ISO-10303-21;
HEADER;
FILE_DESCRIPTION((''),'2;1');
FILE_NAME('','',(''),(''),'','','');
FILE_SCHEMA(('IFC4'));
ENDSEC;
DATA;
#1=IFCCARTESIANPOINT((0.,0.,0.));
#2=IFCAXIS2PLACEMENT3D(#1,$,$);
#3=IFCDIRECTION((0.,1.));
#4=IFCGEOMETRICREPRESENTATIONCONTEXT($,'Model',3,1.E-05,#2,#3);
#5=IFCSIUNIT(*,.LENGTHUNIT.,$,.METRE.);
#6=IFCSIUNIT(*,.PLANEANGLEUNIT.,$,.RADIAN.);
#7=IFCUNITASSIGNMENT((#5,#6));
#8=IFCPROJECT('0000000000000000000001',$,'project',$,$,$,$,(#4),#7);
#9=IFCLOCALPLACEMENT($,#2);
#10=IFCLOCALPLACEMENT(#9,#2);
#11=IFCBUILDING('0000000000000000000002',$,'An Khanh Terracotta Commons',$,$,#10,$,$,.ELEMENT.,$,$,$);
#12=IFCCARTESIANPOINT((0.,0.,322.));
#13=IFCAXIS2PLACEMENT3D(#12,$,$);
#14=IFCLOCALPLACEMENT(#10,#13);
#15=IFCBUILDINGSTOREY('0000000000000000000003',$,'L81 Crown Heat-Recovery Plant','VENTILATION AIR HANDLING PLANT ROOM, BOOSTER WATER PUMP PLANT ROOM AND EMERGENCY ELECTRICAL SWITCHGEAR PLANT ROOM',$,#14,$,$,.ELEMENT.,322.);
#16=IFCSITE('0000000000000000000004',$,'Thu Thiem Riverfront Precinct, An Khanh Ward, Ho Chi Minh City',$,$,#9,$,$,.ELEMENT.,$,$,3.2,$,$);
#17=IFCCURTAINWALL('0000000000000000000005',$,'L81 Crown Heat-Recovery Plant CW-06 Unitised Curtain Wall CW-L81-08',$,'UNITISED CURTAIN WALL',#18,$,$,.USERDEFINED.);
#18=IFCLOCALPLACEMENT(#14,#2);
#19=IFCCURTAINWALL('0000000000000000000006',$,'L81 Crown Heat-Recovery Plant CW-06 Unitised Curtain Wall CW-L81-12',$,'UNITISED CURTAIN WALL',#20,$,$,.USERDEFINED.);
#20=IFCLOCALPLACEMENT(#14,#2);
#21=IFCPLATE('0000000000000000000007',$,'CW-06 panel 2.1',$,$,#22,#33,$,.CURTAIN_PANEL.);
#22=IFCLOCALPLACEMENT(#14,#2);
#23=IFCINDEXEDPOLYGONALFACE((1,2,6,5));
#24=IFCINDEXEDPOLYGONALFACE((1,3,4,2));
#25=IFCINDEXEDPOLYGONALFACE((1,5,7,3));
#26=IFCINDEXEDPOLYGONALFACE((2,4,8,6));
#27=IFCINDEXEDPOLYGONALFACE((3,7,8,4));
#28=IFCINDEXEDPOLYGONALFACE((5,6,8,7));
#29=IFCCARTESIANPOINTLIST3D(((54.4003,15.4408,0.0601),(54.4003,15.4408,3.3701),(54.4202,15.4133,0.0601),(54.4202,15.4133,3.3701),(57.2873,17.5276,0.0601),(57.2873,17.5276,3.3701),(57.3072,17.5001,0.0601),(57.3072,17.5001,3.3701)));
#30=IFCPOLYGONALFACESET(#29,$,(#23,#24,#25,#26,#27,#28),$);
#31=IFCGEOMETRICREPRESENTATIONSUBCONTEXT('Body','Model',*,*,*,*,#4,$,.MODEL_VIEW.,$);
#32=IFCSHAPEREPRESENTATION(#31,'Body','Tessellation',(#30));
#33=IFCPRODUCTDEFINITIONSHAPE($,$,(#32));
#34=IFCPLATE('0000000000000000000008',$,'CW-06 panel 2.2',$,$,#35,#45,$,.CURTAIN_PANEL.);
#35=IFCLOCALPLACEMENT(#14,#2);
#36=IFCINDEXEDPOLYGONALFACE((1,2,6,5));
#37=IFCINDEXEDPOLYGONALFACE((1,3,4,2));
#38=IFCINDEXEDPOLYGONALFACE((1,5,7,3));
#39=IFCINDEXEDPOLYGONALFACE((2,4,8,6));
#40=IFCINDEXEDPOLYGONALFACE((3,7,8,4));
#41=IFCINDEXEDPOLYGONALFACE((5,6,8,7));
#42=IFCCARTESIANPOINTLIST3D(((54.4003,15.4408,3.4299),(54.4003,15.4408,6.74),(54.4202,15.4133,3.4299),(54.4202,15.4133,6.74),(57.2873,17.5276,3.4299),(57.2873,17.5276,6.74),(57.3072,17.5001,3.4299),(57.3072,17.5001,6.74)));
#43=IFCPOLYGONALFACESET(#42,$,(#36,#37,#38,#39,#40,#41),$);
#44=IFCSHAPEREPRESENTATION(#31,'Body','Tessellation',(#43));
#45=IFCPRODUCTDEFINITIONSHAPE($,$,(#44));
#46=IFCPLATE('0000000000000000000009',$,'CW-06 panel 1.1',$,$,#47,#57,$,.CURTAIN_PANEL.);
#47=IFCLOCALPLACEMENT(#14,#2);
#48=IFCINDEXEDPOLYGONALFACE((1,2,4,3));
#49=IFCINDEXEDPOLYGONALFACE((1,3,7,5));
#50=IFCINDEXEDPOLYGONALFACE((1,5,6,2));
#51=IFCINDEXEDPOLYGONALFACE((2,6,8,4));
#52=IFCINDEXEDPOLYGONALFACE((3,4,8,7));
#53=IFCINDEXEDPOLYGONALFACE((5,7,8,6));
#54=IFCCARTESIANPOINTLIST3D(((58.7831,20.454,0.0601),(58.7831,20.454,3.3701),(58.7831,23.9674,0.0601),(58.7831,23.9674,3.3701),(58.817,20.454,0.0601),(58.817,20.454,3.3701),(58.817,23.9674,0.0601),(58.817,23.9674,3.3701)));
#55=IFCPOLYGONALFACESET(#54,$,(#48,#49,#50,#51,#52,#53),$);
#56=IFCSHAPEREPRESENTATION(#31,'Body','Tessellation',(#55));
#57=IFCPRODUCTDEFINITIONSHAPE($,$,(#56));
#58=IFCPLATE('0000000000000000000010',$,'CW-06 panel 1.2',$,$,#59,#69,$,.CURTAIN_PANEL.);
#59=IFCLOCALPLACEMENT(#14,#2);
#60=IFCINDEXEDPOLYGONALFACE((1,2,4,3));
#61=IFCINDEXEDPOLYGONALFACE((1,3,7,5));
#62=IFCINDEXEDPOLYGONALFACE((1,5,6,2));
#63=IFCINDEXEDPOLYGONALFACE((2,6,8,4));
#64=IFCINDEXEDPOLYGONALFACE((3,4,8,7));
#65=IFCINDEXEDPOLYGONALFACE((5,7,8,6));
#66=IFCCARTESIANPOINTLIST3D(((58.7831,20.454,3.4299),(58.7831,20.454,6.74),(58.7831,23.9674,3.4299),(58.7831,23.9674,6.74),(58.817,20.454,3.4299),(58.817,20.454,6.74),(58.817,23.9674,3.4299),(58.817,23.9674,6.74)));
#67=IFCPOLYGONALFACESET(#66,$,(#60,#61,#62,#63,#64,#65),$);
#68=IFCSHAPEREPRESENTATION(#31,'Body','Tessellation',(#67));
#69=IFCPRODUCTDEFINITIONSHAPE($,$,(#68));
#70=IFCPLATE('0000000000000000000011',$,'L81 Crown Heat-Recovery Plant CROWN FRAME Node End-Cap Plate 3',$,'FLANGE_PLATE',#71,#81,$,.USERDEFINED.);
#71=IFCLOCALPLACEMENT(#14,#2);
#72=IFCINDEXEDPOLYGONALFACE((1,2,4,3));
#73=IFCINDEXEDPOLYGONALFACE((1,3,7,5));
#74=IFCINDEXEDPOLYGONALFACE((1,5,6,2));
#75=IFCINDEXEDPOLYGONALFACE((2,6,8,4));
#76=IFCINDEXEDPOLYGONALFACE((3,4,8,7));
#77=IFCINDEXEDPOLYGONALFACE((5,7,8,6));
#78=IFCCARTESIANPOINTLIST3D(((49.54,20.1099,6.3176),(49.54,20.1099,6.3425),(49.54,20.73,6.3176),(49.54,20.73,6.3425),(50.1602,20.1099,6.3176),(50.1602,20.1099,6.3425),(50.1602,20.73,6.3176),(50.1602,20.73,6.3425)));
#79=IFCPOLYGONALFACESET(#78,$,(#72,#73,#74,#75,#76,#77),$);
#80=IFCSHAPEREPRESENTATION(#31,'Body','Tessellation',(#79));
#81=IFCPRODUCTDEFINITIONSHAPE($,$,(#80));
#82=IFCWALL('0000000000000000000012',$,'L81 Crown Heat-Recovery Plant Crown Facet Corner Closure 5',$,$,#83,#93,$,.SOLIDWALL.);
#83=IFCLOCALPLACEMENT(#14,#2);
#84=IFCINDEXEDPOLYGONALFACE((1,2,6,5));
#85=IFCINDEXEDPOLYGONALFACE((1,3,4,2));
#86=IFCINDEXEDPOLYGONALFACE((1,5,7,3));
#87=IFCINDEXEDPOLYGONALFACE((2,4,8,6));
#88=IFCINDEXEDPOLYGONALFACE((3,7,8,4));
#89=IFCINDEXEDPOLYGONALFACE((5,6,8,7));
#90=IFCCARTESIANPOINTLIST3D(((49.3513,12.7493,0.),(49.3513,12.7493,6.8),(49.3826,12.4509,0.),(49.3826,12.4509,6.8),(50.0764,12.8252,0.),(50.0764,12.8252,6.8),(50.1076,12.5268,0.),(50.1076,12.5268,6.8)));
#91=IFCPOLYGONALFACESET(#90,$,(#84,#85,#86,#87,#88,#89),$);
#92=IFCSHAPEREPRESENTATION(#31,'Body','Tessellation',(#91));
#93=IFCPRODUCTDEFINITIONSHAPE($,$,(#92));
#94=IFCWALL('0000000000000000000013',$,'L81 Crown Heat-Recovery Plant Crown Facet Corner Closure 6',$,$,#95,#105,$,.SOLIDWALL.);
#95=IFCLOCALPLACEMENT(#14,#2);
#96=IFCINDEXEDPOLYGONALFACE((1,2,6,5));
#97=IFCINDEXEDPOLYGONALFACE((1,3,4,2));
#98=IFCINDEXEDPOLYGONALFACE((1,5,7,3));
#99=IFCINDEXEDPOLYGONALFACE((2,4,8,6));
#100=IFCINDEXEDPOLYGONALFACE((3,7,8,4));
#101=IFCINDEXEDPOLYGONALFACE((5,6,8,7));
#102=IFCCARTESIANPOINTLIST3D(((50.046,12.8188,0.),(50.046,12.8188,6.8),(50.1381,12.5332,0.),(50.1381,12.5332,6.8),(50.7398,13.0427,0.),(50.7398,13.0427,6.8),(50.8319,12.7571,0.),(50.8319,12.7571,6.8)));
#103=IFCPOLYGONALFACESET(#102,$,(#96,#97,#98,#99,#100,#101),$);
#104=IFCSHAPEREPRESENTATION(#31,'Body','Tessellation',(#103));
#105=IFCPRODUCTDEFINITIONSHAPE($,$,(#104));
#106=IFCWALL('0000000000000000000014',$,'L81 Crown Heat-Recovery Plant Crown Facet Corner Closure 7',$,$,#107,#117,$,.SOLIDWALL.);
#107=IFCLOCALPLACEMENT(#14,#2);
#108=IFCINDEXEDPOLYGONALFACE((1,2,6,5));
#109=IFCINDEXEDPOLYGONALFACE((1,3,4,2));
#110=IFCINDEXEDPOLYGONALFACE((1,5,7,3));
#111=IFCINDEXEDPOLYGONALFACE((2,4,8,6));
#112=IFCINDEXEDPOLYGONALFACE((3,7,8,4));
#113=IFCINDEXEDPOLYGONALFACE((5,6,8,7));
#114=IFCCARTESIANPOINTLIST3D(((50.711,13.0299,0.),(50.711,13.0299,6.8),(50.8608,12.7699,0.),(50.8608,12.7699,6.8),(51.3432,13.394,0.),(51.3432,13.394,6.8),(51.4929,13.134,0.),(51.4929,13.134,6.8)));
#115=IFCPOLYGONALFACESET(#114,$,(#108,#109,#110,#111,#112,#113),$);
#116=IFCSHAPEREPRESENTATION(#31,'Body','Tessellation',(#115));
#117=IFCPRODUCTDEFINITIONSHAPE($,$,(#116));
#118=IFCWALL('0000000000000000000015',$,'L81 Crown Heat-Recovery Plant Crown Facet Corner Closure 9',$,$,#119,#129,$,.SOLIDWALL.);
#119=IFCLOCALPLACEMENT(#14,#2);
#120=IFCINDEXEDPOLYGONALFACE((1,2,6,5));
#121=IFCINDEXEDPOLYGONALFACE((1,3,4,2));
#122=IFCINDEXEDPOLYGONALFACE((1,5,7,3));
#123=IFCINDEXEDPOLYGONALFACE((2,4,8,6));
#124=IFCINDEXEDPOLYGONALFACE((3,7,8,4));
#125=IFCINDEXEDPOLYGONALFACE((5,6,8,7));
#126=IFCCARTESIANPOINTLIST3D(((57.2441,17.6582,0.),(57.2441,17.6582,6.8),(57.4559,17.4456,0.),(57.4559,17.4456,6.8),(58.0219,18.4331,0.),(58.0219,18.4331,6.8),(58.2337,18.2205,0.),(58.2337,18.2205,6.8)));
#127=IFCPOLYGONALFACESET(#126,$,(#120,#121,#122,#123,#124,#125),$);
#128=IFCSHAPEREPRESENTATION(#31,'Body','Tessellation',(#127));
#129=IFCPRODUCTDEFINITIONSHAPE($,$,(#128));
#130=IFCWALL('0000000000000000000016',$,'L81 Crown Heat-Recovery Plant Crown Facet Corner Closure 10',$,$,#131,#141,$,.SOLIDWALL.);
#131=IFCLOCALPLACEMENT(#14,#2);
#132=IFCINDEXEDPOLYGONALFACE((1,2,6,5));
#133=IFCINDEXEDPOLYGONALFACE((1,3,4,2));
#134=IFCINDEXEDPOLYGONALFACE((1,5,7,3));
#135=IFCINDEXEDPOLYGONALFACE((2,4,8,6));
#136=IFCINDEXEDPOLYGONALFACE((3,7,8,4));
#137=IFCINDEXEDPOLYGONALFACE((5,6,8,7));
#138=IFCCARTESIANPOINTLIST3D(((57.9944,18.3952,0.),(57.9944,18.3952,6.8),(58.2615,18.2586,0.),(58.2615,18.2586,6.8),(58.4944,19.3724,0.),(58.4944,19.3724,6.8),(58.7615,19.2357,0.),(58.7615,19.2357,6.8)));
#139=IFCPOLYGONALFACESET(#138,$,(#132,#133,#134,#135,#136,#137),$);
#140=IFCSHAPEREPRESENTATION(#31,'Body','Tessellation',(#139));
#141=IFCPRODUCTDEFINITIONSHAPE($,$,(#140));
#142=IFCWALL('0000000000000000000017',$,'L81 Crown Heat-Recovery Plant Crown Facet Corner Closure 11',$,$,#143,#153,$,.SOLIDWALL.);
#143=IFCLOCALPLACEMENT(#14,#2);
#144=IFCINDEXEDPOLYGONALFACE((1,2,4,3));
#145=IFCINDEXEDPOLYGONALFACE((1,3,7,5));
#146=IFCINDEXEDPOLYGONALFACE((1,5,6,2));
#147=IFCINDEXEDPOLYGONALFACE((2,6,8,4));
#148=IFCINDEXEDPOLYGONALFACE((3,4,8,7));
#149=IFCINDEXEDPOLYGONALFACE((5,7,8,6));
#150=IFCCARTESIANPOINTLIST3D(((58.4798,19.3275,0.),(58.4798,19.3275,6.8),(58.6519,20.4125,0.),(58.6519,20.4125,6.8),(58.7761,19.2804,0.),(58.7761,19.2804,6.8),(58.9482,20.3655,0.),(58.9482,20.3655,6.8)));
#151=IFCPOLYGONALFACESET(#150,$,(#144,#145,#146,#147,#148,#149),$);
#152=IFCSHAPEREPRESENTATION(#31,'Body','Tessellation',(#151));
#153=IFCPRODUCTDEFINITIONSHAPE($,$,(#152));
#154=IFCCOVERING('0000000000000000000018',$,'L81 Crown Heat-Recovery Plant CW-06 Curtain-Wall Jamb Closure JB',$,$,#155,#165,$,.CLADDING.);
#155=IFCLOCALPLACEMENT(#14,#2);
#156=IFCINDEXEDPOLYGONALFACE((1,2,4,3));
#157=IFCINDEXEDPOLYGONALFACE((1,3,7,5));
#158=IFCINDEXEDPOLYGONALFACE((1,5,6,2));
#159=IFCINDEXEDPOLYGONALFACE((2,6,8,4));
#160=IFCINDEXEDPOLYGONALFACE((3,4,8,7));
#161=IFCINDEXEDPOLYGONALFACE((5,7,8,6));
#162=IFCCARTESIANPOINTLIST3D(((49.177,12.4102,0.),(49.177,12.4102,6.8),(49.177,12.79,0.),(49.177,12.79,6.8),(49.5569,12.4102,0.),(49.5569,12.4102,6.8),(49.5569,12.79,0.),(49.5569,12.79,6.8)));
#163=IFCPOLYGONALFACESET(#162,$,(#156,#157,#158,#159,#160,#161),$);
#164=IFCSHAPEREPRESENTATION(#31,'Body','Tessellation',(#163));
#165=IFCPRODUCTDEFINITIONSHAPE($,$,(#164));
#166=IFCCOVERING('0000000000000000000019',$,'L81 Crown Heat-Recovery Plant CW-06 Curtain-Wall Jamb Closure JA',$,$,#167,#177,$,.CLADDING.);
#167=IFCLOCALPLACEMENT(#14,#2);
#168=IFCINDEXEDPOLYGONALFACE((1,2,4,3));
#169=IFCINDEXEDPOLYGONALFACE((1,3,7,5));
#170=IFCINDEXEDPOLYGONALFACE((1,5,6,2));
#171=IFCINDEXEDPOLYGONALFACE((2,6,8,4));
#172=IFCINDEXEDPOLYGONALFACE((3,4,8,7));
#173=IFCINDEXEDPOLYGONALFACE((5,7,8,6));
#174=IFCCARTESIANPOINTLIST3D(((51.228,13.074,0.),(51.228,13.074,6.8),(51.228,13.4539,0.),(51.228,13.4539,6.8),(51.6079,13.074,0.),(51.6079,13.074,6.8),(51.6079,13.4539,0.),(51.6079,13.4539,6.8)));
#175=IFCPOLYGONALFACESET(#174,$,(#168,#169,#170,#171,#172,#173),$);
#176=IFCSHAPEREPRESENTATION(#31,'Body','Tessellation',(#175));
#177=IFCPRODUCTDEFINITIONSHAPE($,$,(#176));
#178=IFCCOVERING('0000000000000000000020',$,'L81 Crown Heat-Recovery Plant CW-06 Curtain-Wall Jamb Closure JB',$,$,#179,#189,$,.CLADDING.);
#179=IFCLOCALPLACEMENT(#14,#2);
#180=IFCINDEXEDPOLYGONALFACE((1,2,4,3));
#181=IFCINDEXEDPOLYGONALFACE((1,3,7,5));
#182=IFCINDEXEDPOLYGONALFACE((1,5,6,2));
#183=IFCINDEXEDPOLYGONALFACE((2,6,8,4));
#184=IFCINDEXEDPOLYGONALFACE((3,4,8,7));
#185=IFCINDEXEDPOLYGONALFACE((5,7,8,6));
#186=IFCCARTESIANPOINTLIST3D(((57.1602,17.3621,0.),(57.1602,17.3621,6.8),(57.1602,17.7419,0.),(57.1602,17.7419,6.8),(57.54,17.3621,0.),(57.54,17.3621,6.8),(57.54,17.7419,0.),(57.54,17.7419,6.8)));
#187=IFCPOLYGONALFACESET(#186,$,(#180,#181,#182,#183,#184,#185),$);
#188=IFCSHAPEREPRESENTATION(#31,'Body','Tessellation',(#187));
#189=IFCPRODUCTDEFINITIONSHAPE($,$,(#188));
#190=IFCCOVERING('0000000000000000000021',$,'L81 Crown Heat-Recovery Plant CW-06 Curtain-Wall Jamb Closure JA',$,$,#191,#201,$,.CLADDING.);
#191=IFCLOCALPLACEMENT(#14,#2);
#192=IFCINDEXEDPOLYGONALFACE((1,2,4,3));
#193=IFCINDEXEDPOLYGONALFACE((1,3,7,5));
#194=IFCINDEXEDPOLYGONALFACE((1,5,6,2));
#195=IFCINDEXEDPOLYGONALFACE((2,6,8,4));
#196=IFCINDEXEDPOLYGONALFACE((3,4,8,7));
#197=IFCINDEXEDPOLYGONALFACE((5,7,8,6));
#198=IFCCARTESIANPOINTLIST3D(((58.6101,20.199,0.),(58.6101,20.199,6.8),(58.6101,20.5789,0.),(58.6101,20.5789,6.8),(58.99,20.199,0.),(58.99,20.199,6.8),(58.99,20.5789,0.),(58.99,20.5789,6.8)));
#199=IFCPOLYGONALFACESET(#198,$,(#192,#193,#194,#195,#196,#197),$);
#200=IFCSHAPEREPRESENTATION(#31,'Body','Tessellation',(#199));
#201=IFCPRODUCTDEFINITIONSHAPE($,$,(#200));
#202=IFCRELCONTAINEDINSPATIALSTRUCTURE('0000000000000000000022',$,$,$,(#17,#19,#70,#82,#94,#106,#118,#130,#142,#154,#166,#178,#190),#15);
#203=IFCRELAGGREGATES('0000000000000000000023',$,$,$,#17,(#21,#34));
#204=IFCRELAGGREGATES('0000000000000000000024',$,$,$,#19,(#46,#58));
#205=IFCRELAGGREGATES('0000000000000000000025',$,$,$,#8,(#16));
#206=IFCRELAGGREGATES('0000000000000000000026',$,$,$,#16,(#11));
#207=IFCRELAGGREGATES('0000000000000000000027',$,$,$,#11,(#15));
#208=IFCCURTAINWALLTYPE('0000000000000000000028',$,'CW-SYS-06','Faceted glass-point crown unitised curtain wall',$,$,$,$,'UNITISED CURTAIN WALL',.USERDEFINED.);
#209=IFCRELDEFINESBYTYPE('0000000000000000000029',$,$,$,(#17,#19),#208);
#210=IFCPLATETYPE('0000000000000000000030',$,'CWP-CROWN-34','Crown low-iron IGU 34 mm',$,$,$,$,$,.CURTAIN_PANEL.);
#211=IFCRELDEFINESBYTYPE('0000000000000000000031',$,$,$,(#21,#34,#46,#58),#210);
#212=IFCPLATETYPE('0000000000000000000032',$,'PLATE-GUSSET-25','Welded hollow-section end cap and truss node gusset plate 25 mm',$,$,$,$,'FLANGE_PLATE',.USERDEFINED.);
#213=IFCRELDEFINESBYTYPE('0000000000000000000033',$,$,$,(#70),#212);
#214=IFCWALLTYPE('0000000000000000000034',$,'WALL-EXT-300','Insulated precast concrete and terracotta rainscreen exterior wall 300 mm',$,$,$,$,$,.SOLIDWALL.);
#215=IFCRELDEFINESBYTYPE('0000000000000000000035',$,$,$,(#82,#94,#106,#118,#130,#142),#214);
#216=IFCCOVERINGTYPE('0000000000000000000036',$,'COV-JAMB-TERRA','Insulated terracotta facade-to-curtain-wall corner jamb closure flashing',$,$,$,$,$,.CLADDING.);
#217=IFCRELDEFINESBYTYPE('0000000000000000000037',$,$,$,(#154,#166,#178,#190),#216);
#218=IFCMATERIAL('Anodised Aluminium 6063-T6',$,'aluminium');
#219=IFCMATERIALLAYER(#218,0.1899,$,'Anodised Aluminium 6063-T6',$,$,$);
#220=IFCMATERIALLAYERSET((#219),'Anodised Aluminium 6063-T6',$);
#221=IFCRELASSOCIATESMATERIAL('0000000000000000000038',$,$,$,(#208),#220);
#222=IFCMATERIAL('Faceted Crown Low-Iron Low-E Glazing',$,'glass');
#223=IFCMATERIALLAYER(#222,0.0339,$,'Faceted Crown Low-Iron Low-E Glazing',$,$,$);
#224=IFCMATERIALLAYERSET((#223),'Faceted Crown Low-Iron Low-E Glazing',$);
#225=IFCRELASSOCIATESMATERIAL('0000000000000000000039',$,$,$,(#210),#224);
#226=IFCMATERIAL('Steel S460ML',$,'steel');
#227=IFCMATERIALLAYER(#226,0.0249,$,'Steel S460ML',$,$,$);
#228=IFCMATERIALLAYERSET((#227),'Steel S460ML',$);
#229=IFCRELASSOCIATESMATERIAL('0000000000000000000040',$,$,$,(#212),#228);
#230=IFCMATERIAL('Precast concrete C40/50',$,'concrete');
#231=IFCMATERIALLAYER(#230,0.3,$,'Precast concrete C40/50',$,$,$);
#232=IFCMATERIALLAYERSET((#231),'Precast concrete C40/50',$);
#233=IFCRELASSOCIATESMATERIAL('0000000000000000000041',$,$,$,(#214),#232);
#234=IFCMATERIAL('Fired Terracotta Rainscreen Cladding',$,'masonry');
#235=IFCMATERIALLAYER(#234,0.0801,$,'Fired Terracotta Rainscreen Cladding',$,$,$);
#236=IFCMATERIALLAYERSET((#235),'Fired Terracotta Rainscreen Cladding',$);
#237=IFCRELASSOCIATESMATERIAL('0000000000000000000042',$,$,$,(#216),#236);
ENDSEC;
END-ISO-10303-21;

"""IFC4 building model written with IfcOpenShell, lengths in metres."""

from ifc_helpers import new_model, si_unit, direction, frame, frame_2d, origin, origin_2d, place, context, subcontext, project, spatial, rectangle, extrude, material, layer, layer_set, type_object, element, aggregate, save


model = new_model("IFC4")

# Units and contexts
model_context = context("Model", 3, precision=1e-05, world=origin(), true_north=direction((0.0, 1.0)))
body_context = subcontext(model_context, "Body", "Model", "MODEL_VIEW")
ifc_project = project(units=[si_unit("LENGTHUNIT", "METRE"), si_unit("PLANEANGLEUNIT", "RADIAN")], contexts=[model_context])

# Site, building, storey
site_placement = place(None, origin())
site = spatial("IfcSite", under=ifc_project, at=site_placement, Name="Thu Thiem Riverfront Precinct, An Khanh Ward, Ho Chi Minh City", CompositionType="ELEMENT", RefElevation=3.2)
building_placement = place(site_placement, origin())
building = spatial("IfcBuilding", under=site, at=building_placement, Name="An Khanh Terracotta Commons", CompositionType="ELEMENT")
storey_placement = place(building_placement, frame((0.0, 0.0, 322.0)))
storey = spatial("IfcBuildingStorey", under=building, at=storey_placement, Name="L81 Crown Heat-Recovery Plant", Description="VENTILATION AIR HANDLING PLANT ROOM, BOOSTER WATER PUMP PLANT ROOM AND EMERGENCY ELECTRICAL SWITCHGEAR PLANT ROOM", CompositionType="ELEMENT", Elevation=322.0)

# Shared definitions
ifc_material_1 = material(Name="Steel S460ML", Category="steel")

# Shared definitions
ifc_material_2 = material(Name="Anodised Aluminium 6063-T6", Category="aluminium")
ifc_layer_1 = layer(ifc_material_2, 0.1899, Name="Anodised Aluminium 6063-T6")
ifc_layer_set_1 = layer_set([ifc_layer_1], Name="Anodised Aluminium 6063-T6")
curtain_wall_type = type_object("IfcCurtainWallType", Name="CW-SYS-06", Description="Faceted glass-point crown unitised curtain wall", ElementType="UNITISED CURTAIN WALL", PredefinedType="USERDEFINED", material=ifc_layer_set_1)

# Curtain wall
curtain_wall_1_placement = place(storey_placement, origin())
curtain_wall_1 = element("IfcCurtainWall", 1, at=curtain_wall_1_placement, inside=storey, type_object=curtain_wall_type, Name="L81 Crown Heat-Recovery Plant CW-06 Unitised Curtain Wall CW-L81-08", ObjectType="UNITISED CURTAIN WALL", PredefinedType="USERDEFINED")

# Curtain wall
curtain_wall_2_placement = place(storey_placement, origin())
curtain_wall_2 = element("IfcCurtainWall", 2, at=curtain_wall_2_placement, inside=storey, type_object=curtain_wall_type, Name="L81 Crown Heat-Recovery Plant CW-06 Unitised Curtain Wall CW-L81-12", ObjectType="UNITISED CURTAIN WALL", PredefinedType="USERDEFINED")

# Plates
ifc_material_3 = material(Name="Faceted Crown Low-Iron Low-E Glazing", Category="glass")
ifc_layer_2 = layer(ifc_material_3, 0.0339, Name="Faceted Crown Low-Iron Low-E Glazing")
ifc_layer_set_2 = layer_set([ifc_layer_2], Name="Faceted Crown Low-Iron Low-E Glazing")
plate_type_1 = type_object("IfcPlateType", Name="CWP-CROWN-34", Description="Crown low-iron IGU 34 mm", PredefinedType="CURTAIN_PANEL", material=ifc_layer_set_2)
plate_1_placement = place(storey_placement, frame((55.8538, 16.4705, 0.0601), z_axis=(0.0, 0.0, 1.0), x_axis=(0.810434, 0.58583, 0.0)))
plate_1 = element("IfcPlate", 3, at=plate_1_placement, type_object=plate_type_1, Name="CW-06 panel 2.1", PredefinedType="CURTAIN_PANEL", context=body_context, shape_type="SweptSolid", body=[
    extrude(rectangle(XDim=3.5623, YDim=0.0339, at=origin_2d()), origin(), (0.0, 0.0, 1.0), 3.3101),
])
plate_2_placement = place(storey_placement, frame((55.8538, 16.4705, 3.4299), z_axis=(0.0, 0.0, 1.0), x_axis=(0.810434, 0.58583, 0.0)))
plate_2 = element("IfcPlate", 4, at=plate_2_placement, type_object=plate_type_1, Name="CW-06 panel 2.2", PredefinedType="CURTAIN_PANEL", context=body_context, shape_type="SweptSolid", body=[
    extrude(rectangle(XDim=3.5623, YDim=0.0339, at=origin_2d()), origin(), (0.0, 0.0, 1.0), 3.3101),
])
aggregate(curtain_wall_1, [plate_1, plate_2])
plate_3_placement = place(storey_placement, frame((58.8, 22.2107, 0.0601), z_axis=(0.0, 0.0, 1.0), x_axis=(0.0, 1.0, 0.0)))
plate_3 = element("IfcPlate", 5, at=plate_3_placement, type_object=plate_type_1, Name="CW-06 panel 1.1", PredefinedType="CURTAIN_PANEL", context=body_context, shape_type="SweptSolid", body=[
    extrude(rectangle(XDim=3.5134, YDim=0.0339, at=origin_2d()), origin(), (0.0, 0.0, 1.0), 3.3101),
])
plate_4_placement = place(storey_placement, frame((58.8, 22.2107, 3.4299), z_axis=(0.0, 0.0, 1.0), x_axis=(0.0, 1.0, 0.0)))
plate_4 = element("IfcPlate", 6, at=plate_4_placement, type_object=plate_type_1, Name="CW-06 panel 1.2", PredefinedType="CURTAIN_PANEL", context=body_context, shape_type="SweptSolid", body=[
    extrude(rectangle(XDim=3.5134, YDim=0.0339, at=origin_2d()), origin(), (0.0, 0.0, 1.0), 3.3101),
])
aggregate(curtain_wall_2, [plate_3, plate_4])
ifc_layer_3 = layer(ifc_material_1, 0.0249, Name="Steel S460ML")
ifc_layer_set_3 = layer_set([ifc_layer_3], Name="Steel S460ML")
plate_type_2 = type_object("IfcPlateType", Name="PLATE-GUSSET-25", Description="Welded hollow-section end cap and truss node gusset plate 25 mm", ElementType="FLANGE_PLATE", PredefinedType="USERDEFINED", material=ifc_layer_set_3)
plate_5_placement = place(storey_placement, frame((49.8501, 20.4199, 6.3176), z_axis=(0.0, 0.0, 1.0), x_axis=(1.0, 0.0, 0.0)))
element("IfcPlate", 7, at=plate_5_placement, inside=storey, type_object=plate_type_2, Name="L81 Crown Heat-Recovery Plant CROWN FRAME Node End-Cap Plate 3", ObjectType="FLANGE_PLATE", PredefinedType="USERDEFINED", context=body_context, shape_type="SweptSolid", body=[
    extrude(rectangle(XDim=0.6201, YDim=0.6201, at=origin_2d()), origin(), (0.0, 0.0, 1.0), 0.0249),
])

# Walls
ifc_material_4 = material(Name="Precast concrete C40/50", Category="concrete")
ifc_layer_4 = layer(ifc_material_4, 0.3, Name="Precast concrete C40/50")
ifc_layer_set_4 = layer_set([ifc_layer_4], Name="Precast concrete C40/50")
wall_type = type_object("IfcWallType", Name="WALL-EXT-300", Description="Insulated precast concrete and terracotta rainscreen exterior wall 300 mm", PredefinedType="SOLIDWALL", material=ifc_layer_set_4)
for number, where, z_axis, x_axis, name in (
    (8, (49.3669, 12.6001, 0.0), (0.0, 0.0, 1.0), (0.994562, 0.104144, 0.0), "L81 Crown Heat-Recovery Plant Crown Facet Corner Closure 5"),
    (9, (50.092, 12.676, 0.0), (0.0, 0.0, 1.0), (0.951687, 0.307071, 0.0), "L81 Crown Heat-Recovery Plant Crown Facet Corner Closure 6"),
):
    element("IfcWall", number, at=place(storey_placement, frame(where, z_axis=z_axis, x_axis=x_axis)), inside=storey, type_object=wall_type, Name=name, PredefinedType="SOLIDWALL", context=body_context, shape_type="SweptSolid", body=[
        extrude(rectangle(XDim=0.729, YDim=0.3, at=frame_2d((0.3645, 0.0))), origin(), (0.0, 0.0, 1.0), 6.8),
    ])
wall_1_placement = place(storey_placement, frame((50.7859, 12.8999, 0.0), z_axis=(0.0, 0.0, 1.0), x_axis=(0.86657, 0.499056, 0.0)))
element("IfcWall", 10, at=wall_1_placement, inside=storey, type_object=wall_type, Name="L81 Crown Heat-Recovery Plant Crown Facet Corner Closure 7", PredefinedType="SOLIDWALL", context=body_context, shape_type="SweptSolid", body=[
    extrude(rectangle(XDim=0.7295, YDim=0.3, at=frame_2d((0.3647, 0.0))), origin(), (0.0, 0.0, 1.0), 6.8),
])
wall_2_placement = place(storey_placement, frame((57.3501, 17.552, 0.0), z_axis=(0.0, 0.0, 1.0), x_axis=(0.70844, 0.705771, 0.0)))
element("IfcWall", 11, at=wall_2_placement, inside=storey, type_object=wall_type, Name="L81 Crown Heat-Recovery Plant Crown Facet Corner Closure 9", PredefinedType="SOLIDWALL", context=body_context, shape_type="SweptSolid", body=[
    extrude(rectangle(XDim=1.0979, YDim=0.3, at=frame_2d((0.5488, 0.0))), origin(), (0.0, 0.0, 1.0), 6.8),
])
wall_3_placement = place(storey_placement, frame((58.1279, 18.3269, 0.0), z_axis=(0.0, 0.0, 1.0), x_axis=(0.455558, 0.890206, 0.0)))
element("IfcWall", 12, at=wall_3_placement, inside=storey, type_object=wall_type, Name="L81 Crown Heat-Recovery Plant Crown Facet Corner Closure 10", PredefinedType="SOLIDWALL", context=body_context, shape_type="SweptSolid", body=[
    extrude(rectangle(XDim=1.0977, YDim=0.3, at=frame_2d((0.5488, 0.0))), origin(), (0.0, 0.0, 1.0), 6.8),
])
wall_4_placement = place(storey_placement, frame((58.6279, 19.304, 0.0), z_axis=(0.0, 0.0, 1.0), x_axis=(0.156682, 0.987649, 0.0)))
element("IfcWall", 13, at=wall_4_placement, inside=storey, type_object=wall_type, Name="L81 Crown Heat-Recovery Plant Crown Facet Corner Closure 11", PredefinedType="SOLIDWALL", context=body_context, shape_type="SweptSolid", body=[
    extrude(rectangle(XDim=1.0986, YDim=0.3, at=frame_2d((0.5493, 0.0))), origin(), (0.0, 0.0, 1.0), 6.8),
])

# Coverings
ifc_material_5 = material(Name="Fired Terracotta Rainscreen Cladding", Category="masonry")
ifc_layer_5 = layer(ifc_material_5, 0.0801, Name="Fired Terracotta Rainscreen Cladding")
ifc_layer_set_5 = layer_set([ifc_layer_5], Name="Fired Terracotta Rainscreen Cladding")
covering_type = type_object("IfcCoveringType", Name="COV-JAMB-TERRA", Description="Insulated terracotta facade-to-curtain-wall corner jamb closure flashing", PredefinedType="CLADDING", material=ifc_layer_set_5)
for number, where, z_axis, x_axis, name in (
    (14, (49.3669, 12.6001, 0.0), (0.0, 0.0, 1.0), (1.0, 0.0, 0.0), "L81 Crown Heat-Recovery Plant CW-06 Curtain-Wall Jamb Closure JB"),
    (15, (51.418, 13.2639, 0.0), (0.0, 0.0, 1.0), (1.0, 0.0, 0.0), "L81 Crown Heat-Recovery Plant CW-06 Curtain-Wall Jamb Closure JA"),
    (16, (57.3501, 17.552, 0.0), (0.0, 0.0, 1.0), (1.0, 0.0, 0.0), "L81 Crown Heat-Recovery Plant CW-06 Curtain-Wall Jamb Closure JB"),
    (17, (58.8, 20.3889, 0.0), (0.0, 0.0, 1.0), (1.0, 0.0, 0.0), "L81 Crown Heat-Recovery Plant CW-06 Curtain-Wall Jamb Closure JA"),
):
    element("IfcCovering", number, at=place(storey_placement, frame(where, z_axis=z_axis, x_axis=x_axis)), inside=storey, type_object=covering_type, Name=name, PredefinedType="CLADDING", context=body_context, shape_type="SweptSolid", body=[
        extrude(rectangle(XDim=0.3799, YDim=0.3799, at=origin_2d()), origin(), (0.0, 0.0, 1.0), 6.8),
    ])

save(model, "model.ifc")
